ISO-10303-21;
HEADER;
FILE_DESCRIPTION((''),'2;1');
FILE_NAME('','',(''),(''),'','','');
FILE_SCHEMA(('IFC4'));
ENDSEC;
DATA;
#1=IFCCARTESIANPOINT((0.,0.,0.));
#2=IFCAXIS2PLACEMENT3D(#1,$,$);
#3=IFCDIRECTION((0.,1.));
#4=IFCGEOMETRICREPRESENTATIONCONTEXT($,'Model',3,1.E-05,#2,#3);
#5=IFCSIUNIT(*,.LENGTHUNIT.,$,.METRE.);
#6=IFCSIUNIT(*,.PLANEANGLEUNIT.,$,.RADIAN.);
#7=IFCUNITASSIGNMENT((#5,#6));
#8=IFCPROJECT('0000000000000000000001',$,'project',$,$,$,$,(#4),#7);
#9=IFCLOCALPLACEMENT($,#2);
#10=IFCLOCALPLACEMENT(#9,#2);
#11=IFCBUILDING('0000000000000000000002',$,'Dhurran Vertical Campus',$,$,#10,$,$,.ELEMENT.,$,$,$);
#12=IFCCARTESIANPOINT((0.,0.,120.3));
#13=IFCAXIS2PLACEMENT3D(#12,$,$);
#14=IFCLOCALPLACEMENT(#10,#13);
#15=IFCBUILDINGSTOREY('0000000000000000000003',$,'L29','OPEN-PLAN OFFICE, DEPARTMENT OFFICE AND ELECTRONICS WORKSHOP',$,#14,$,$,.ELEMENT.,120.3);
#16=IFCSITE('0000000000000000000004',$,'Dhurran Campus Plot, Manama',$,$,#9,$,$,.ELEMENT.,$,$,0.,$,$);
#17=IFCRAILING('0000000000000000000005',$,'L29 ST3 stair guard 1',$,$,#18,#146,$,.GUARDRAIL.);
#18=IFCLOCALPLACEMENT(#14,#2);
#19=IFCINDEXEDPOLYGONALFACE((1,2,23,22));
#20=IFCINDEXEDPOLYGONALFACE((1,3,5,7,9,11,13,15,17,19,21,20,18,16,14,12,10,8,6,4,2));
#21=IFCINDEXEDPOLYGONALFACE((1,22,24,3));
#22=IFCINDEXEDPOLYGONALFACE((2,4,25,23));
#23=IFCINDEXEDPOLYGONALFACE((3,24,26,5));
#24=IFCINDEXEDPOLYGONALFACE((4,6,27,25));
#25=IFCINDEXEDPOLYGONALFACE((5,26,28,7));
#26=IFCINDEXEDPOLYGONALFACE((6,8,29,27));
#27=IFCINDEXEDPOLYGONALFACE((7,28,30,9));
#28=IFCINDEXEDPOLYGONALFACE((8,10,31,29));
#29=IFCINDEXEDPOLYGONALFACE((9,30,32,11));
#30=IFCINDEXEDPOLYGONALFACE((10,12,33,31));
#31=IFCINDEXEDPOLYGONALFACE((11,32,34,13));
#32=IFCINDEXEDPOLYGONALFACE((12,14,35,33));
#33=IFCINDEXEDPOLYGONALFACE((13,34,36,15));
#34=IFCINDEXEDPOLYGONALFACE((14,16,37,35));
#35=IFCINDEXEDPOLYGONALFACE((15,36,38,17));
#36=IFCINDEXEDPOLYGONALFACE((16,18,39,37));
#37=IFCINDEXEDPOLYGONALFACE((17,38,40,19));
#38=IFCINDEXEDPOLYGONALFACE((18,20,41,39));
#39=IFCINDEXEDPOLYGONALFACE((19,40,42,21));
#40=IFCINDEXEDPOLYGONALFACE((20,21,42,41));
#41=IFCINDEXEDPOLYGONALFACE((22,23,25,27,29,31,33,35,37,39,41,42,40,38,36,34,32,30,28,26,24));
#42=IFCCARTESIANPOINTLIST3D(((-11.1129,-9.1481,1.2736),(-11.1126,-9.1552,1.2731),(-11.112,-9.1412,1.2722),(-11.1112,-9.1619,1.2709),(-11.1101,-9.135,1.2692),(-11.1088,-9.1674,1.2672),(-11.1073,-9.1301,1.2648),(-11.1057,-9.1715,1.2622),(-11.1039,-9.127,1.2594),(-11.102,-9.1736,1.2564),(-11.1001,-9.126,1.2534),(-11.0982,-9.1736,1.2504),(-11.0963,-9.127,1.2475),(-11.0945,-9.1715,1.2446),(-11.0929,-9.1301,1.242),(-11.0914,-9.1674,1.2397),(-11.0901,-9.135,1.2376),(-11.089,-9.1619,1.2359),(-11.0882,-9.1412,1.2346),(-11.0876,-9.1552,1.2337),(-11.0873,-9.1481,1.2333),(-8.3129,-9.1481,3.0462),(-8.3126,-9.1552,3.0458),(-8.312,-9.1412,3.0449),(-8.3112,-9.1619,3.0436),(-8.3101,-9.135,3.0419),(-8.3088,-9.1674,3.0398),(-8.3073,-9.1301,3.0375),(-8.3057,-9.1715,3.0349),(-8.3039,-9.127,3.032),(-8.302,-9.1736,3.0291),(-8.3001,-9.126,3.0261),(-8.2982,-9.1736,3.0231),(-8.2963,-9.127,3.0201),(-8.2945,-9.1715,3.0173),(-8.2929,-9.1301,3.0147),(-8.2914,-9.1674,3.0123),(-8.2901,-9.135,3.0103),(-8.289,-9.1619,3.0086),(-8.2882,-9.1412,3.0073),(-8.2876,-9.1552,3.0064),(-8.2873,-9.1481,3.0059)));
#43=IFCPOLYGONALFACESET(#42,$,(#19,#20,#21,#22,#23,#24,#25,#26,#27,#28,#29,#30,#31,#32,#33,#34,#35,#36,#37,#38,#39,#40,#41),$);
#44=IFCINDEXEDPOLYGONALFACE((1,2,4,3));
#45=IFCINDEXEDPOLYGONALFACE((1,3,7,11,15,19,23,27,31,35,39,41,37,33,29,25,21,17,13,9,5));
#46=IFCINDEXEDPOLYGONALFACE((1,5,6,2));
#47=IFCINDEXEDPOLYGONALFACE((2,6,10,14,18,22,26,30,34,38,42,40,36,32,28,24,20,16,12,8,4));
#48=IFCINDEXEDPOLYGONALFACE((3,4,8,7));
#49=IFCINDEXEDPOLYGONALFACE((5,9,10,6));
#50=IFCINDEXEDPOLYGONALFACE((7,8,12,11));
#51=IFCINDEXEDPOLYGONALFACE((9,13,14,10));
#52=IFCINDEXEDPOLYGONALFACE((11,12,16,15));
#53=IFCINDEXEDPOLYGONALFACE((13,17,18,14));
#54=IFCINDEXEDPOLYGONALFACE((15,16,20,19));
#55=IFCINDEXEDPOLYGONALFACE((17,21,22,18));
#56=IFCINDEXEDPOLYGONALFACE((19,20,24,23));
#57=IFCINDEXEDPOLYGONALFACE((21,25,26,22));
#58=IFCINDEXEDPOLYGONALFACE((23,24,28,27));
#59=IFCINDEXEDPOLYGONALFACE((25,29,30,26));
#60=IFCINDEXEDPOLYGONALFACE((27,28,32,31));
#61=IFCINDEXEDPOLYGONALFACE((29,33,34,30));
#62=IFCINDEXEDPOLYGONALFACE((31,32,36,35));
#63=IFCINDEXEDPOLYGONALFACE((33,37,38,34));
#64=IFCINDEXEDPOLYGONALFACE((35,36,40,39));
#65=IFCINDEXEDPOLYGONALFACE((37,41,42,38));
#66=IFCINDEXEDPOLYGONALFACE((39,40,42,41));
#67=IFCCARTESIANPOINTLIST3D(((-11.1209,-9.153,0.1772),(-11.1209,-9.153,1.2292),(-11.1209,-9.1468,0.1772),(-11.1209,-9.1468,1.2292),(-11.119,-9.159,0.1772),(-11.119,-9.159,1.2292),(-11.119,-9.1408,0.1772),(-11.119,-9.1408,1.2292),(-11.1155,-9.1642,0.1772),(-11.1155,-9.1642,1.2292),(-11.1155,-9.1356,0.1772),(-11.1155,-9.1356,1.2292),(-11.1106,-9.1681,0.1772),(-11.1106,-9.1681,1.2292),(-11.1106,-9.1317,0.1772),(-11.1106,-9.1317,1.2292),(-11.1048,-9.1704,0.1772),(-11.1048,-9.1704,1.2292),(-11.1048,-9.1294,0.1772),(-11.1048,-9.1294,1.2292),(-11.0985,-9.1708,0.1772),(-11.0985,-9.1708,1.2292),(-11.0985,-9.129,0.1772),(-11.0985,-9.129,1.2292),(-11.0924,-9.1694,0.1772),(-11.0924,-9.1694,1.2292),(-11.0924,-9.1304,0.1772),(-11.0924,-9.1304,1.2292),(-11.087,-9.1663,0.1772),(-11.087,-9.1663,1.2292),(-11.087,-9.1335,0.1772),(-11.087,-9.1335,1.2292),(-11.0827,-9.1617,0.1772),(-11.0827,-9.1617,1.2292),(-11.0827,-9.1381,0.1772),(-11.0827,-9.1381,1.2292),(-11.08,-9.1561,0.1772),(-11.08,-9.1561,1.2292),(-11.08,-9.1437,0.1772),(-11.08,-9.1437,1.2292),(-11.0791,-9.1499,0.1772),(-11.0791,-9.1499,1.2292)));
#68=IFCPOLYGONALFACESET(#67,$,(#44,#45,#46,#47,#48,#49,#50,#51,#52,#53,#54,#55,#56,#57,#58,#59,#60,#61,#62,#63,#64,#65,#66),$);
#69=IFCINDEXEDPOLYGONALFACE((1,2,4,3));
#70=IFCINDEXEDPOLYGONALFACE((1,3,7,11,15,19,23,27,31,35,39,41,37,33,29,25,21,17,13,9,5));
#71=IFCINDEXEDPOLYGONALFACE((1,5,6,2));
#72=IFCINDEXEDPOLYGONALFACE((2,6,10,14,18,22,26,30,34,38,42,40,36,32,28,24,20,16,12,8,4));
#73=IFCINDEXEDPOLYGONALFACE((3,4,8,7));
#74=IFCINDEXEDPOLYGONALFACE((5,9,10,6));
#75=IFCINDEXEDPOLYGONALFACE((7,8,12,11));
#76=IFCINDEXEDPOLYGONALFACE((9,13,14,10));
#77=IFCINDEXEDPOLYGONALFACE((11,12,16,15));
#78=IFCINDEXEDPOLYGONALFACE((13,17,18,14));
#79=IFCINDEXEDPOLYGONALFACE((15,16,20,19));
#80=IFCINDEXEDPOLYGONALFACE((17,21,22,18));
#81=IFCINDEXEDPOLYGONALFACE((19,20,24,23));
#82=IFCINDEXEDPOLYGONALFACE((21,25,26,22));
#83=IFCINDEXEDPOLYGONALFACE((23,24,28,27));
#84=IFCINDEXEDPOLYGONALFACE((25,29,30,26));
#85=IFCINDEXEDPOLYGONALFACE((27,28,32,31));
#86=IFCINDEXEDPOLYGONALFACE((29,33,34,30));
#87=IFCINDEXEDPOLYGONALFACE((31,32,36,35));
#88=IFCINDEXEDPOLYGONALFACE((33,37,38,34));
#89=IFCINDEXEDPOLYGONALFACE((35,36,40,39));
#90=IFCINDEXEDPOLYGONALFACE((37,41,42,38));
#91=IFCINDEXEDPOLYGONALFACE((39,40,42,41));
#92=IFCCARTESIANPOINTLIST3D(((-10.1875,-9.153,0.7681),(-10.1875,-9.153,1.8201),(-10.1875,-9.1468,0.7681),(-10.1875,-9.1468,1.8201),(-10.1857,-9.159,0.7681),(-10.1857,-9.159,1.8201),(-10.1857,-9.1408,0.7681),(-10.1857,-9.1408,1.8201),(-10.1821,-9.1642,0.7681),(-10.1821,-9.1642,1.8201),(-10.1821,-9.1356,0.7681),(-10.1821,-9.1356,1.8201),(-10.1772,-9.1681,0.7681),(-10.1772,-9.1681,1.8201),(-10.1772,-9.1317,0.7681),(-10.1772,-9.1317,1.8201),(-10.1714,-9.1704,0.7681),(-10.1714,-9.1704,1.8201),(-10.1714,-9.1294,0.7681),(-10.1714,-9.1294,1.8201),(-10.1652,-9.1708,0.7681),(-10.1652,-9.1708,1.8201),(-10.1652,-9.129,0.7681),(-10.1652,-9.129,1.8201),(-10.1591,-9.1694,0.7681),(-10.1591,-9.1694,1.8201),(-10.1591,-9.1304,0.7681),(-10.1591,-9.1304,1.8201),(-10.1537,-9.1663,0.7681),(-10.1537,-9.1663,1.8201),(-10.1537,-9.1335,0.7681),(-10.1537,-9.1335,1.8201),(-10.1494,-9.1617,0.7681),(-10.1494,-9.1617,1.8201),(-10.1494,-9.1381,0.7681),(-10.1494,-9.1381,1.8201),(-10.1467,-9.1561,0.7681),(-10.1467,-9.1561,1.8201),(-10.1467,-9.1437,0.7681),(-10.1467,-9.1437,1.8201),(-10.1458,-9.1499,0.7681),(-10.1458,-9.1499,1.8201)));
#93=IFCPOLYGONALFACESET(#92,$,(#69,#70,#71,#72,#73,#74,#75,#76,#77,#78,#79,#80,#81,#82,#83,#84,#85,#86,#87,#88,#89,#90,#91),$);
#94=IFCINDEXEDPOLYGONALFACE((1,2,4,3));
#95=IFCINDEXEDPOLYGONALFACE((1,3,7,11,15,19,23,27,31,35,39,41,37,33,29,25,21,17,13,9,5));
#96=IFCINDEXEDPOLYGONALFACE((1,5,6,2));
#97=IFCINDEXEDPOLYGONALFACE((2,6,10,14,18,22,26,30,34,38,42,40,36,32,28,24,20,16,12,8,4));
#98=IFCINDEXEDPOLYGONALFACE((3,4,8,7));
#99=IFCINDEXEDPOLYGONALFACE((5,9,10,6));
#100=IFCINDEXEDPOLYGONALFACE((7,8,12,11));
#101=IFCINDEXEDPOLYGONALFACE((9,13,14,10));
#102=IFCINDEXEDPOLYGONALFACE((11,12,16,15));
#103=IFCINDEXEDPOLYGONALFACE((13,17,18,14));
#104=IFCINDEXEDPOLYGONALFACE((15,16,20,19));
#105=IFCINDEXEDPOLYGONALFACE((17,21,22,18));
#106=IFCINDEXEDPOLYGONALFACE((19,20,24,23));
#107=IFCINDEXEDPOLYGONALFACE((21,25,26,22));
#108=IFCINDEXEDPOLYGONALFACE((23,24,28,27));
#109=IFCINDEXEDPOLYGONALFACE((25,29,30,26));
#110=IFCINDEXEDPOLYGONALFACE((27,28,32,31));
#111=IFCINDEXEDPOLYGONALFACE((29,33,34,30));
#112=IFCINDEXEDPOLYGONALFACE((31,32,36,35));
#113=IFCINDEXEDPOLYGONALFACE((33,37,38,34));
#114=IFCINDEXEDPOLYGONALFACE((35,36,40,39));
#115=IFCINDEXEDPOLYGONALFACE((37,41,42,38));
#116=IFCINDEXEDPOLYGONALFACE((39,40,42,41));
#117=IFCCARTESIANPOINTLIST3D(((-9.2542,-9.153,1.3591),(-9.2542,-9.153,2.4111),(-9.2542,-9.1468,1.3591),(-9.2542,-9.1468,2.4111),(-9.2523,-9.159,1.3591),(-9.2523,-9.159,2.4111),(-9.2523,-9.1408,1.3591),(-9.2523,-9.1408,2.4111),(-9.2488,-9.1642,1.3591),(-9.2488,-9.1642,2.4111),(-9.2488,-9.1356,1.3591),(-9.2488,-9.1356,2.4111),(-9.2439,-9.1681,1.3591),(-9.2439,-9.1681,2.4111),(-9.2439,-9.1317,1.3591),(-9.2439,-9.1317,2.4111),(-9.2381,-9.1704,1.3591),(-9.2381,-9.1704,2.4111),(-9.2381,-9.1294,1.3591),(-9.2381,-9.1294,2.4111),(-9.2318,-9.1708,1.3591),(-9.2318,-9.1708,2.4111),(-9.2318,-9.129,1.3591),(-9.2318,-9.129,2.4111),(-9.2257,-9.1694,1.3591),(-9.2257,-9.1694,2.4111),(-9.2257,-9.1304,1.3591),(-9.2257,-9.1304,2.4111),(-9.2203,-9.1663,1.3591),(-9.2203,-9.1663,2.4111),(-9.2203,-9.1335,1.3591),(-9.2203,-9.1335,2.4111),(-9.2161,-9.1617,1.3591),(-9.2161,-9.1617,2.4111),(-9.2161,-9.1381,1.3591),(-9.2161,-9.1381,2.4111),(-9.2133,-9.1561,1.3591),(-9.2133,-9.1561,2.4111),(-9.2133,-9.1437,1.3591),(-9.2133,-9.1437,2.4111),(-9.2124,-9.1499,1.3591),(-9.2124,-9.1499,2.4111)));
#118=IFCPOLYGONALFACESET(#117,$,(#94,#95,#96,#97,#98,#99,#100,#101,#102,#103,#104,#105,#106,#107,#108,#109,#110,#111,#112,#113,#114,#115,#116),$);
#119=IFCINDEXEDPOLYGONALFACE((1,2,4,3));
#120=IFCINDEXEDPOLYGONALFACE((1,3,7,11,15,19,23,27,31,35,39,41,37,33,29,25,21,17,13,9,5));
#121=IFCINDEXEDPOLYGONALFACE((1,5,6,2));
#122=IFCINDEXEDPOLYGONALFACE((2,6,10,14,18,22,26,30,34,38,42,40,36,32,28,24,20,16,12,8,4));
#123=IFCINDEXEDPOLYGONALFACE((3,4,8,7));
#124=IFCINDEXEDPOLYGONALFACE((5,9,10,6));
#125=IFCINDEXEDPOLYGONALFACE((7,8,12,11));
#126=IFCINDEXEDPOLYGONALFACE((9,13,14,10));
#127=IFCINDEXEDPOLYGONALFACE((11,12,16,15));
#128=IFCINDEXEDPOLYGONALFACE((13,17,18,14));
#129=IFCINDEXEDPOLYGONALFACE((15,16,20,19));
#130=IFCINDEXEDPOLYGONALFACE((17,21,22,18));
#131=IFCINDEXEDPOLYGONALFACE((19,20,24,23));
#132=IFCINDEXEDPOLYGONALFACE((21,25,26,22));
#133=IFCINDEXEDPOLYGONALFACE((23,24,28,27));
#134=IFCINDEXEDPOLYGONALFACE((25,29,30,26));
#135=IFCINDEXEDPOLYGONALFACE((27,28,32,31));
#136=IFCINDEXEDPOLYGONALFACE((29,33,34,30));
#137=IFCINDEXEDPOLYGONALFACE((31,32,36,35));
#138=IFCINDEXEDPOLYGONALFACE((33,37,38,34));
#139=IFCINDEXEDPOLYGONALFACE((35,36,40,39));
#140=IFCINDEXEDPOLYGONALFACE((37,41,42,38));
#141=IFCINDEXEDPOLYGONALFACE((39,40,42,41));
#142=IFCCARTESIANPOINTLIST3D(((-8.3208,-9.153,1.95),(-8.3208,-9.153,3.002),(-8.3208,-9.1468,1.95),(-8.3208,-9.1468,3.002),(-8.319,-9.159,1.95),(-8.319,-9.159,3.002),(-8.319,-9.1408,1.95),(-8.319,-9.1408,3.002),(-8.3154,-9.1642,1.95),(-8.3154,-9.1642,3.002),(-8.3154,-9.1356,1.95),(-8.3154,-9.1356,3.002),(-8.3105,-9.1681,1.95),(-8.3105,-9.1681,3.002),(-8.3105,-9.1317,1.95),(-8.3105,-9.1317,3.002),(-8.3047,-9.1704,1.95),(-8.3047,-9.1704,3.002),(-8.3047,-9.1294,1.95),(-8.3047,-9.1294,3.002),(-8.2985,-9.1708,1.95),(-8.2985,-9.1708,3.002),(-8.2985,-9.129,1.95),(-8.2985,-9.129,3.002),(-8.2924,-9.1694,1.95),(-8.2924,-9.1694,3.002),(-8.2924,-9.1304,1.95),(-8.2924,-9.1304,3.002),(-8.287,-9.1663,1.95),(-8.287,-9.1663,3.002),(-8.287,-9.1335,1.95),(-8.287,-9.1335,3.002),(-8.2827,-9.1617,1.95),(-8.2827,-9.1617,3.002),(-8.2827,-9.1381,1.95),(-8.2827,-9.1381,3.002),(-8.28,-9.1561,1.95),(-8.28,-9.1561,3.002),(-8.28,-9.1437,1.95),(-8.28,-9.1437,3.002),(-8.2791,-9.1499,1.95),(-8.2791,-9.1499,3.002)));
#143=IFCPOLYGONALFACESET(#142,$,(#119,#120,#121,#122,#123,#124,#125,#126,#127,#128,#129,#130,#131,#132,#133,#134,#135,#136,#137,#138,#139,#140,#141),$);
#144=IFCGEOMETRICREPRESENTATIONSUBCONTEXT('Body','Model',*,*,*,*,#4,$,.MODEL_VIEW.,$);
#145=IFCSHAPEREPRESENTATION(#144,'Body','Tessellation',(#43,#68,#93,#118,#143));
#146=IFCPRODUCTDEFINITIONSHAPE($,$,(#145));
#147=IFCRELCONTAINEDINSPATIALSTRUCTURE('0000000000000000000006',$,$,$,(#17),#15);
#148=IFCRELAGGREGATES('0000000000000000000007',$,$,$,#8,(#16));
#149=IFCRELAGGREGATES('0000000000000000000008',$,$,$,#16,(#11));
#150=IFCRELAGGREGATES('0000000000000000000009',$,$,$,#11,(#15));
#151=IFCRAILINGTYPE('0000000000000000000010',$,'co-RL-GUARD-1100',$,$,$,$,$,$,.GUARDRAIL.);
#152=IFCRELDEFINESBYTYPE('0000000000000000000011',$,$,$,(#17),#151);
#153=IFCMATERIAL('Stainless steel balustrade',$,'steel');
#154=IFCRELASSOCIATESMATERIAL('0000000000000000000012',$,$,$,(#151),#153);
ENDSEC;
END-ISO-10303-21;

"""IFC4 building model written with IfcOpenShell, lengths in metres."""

from ifc_helpers import new_model, si_unit, direction, frame, origin, origin_2d, place, context, subcontext, project, spatial, circle, extrude, material, type_object, element, save


model = new_model("IFC4")

# Units and contexts
model_context = context("Model", 3, precision=1e-05, world=origin(), true_north=direction((0.0, 1.0)))
body_context = subcontext(model_context, "Body", "Model", "MODEL_VIEW")
ifc_project = project(units=[si_unit("LENGTHUNIT", "METRE"), si_unit("PLANEANGLEUNIT", "RADIAN")], contexts=[model_context])

# Site, building, storey
site_placement = place(None, origin())
site = spatial("IfcSite", under=ifc_project, at=site_placement, Name="Dhurran Campus Plot, Manama", CompositionType="ELEMENT", RefElevation=0.0)
building_placement = place(site_placement, origin())
building = spatial("IfcBuilding", under=site, at=building_placement, Name="Dhurran Vertical Campus", CompositionType="ELEMENT")
storey_placement = place(building_placement, frame((0.0, 0.0, 120.3)))
storey = spatial("IfcBuildingStorey", under=building, at=storey_placement, Name="L29", Description="OPEN-PLAN OFFICE, DEPARTMENT OFFICE AND ELECTRONICS WORKSHOP", CompositionType="ELEMENT", Elevation=120.3)

# Railing
ifc_material_1 = material(Name="Stainless steel balustrade", Category="steel")
railing_type_1 = type_object("IfcRailingType", Name="co-RL-GUARD-1100", PredefinedType="GUARDRAIL", material=ifc_material_1)
railing_1_placement = place(storey_placement, frame((-11.1001, -9.1499, 0.1772)))
element("IfcRailing", 1, at=railing_1_placement, inside=storey, type_object=railing_type_1, Name="L29 ST3 stair guard 1", PredefinedType="GUARDRAIL", context=body_context, shape_type="SweptSolid", body=[
    extrude(circle(Radius=0.0239, at=origin_2d()), frame((0.0, 0.0, 1.0762), z_axis=(0.844909, 0.0, 0.53491), x_axis=(0.0, 1.0, 0.0)), (0.0, 0.0, 1.0), 3.314),
    extrude(circle(Radius=0.021, at=origin_2d()), origin(), (0.0, 0.0, 1.0), 1.052),
    extrude(circle(Radius=0.021, at=origin_2d()), frame((0.9333, 0.0, 0.5908)), (0.0, 0.0, 1.0), 1.052),
    extrude(circle(Radius=0.021, at=origin_2d()), frame((1.8667, 0.0, 1.1819)), (0.0, 0.0, 1.0), 1.052),
    extrude(circle(Radius=0.021, at=origin_2d()), frame((2.8, 0.0, 1.7727)), (0.0, 0.0, 1.0), 1.052),
])

save(model, "model.ifc")
